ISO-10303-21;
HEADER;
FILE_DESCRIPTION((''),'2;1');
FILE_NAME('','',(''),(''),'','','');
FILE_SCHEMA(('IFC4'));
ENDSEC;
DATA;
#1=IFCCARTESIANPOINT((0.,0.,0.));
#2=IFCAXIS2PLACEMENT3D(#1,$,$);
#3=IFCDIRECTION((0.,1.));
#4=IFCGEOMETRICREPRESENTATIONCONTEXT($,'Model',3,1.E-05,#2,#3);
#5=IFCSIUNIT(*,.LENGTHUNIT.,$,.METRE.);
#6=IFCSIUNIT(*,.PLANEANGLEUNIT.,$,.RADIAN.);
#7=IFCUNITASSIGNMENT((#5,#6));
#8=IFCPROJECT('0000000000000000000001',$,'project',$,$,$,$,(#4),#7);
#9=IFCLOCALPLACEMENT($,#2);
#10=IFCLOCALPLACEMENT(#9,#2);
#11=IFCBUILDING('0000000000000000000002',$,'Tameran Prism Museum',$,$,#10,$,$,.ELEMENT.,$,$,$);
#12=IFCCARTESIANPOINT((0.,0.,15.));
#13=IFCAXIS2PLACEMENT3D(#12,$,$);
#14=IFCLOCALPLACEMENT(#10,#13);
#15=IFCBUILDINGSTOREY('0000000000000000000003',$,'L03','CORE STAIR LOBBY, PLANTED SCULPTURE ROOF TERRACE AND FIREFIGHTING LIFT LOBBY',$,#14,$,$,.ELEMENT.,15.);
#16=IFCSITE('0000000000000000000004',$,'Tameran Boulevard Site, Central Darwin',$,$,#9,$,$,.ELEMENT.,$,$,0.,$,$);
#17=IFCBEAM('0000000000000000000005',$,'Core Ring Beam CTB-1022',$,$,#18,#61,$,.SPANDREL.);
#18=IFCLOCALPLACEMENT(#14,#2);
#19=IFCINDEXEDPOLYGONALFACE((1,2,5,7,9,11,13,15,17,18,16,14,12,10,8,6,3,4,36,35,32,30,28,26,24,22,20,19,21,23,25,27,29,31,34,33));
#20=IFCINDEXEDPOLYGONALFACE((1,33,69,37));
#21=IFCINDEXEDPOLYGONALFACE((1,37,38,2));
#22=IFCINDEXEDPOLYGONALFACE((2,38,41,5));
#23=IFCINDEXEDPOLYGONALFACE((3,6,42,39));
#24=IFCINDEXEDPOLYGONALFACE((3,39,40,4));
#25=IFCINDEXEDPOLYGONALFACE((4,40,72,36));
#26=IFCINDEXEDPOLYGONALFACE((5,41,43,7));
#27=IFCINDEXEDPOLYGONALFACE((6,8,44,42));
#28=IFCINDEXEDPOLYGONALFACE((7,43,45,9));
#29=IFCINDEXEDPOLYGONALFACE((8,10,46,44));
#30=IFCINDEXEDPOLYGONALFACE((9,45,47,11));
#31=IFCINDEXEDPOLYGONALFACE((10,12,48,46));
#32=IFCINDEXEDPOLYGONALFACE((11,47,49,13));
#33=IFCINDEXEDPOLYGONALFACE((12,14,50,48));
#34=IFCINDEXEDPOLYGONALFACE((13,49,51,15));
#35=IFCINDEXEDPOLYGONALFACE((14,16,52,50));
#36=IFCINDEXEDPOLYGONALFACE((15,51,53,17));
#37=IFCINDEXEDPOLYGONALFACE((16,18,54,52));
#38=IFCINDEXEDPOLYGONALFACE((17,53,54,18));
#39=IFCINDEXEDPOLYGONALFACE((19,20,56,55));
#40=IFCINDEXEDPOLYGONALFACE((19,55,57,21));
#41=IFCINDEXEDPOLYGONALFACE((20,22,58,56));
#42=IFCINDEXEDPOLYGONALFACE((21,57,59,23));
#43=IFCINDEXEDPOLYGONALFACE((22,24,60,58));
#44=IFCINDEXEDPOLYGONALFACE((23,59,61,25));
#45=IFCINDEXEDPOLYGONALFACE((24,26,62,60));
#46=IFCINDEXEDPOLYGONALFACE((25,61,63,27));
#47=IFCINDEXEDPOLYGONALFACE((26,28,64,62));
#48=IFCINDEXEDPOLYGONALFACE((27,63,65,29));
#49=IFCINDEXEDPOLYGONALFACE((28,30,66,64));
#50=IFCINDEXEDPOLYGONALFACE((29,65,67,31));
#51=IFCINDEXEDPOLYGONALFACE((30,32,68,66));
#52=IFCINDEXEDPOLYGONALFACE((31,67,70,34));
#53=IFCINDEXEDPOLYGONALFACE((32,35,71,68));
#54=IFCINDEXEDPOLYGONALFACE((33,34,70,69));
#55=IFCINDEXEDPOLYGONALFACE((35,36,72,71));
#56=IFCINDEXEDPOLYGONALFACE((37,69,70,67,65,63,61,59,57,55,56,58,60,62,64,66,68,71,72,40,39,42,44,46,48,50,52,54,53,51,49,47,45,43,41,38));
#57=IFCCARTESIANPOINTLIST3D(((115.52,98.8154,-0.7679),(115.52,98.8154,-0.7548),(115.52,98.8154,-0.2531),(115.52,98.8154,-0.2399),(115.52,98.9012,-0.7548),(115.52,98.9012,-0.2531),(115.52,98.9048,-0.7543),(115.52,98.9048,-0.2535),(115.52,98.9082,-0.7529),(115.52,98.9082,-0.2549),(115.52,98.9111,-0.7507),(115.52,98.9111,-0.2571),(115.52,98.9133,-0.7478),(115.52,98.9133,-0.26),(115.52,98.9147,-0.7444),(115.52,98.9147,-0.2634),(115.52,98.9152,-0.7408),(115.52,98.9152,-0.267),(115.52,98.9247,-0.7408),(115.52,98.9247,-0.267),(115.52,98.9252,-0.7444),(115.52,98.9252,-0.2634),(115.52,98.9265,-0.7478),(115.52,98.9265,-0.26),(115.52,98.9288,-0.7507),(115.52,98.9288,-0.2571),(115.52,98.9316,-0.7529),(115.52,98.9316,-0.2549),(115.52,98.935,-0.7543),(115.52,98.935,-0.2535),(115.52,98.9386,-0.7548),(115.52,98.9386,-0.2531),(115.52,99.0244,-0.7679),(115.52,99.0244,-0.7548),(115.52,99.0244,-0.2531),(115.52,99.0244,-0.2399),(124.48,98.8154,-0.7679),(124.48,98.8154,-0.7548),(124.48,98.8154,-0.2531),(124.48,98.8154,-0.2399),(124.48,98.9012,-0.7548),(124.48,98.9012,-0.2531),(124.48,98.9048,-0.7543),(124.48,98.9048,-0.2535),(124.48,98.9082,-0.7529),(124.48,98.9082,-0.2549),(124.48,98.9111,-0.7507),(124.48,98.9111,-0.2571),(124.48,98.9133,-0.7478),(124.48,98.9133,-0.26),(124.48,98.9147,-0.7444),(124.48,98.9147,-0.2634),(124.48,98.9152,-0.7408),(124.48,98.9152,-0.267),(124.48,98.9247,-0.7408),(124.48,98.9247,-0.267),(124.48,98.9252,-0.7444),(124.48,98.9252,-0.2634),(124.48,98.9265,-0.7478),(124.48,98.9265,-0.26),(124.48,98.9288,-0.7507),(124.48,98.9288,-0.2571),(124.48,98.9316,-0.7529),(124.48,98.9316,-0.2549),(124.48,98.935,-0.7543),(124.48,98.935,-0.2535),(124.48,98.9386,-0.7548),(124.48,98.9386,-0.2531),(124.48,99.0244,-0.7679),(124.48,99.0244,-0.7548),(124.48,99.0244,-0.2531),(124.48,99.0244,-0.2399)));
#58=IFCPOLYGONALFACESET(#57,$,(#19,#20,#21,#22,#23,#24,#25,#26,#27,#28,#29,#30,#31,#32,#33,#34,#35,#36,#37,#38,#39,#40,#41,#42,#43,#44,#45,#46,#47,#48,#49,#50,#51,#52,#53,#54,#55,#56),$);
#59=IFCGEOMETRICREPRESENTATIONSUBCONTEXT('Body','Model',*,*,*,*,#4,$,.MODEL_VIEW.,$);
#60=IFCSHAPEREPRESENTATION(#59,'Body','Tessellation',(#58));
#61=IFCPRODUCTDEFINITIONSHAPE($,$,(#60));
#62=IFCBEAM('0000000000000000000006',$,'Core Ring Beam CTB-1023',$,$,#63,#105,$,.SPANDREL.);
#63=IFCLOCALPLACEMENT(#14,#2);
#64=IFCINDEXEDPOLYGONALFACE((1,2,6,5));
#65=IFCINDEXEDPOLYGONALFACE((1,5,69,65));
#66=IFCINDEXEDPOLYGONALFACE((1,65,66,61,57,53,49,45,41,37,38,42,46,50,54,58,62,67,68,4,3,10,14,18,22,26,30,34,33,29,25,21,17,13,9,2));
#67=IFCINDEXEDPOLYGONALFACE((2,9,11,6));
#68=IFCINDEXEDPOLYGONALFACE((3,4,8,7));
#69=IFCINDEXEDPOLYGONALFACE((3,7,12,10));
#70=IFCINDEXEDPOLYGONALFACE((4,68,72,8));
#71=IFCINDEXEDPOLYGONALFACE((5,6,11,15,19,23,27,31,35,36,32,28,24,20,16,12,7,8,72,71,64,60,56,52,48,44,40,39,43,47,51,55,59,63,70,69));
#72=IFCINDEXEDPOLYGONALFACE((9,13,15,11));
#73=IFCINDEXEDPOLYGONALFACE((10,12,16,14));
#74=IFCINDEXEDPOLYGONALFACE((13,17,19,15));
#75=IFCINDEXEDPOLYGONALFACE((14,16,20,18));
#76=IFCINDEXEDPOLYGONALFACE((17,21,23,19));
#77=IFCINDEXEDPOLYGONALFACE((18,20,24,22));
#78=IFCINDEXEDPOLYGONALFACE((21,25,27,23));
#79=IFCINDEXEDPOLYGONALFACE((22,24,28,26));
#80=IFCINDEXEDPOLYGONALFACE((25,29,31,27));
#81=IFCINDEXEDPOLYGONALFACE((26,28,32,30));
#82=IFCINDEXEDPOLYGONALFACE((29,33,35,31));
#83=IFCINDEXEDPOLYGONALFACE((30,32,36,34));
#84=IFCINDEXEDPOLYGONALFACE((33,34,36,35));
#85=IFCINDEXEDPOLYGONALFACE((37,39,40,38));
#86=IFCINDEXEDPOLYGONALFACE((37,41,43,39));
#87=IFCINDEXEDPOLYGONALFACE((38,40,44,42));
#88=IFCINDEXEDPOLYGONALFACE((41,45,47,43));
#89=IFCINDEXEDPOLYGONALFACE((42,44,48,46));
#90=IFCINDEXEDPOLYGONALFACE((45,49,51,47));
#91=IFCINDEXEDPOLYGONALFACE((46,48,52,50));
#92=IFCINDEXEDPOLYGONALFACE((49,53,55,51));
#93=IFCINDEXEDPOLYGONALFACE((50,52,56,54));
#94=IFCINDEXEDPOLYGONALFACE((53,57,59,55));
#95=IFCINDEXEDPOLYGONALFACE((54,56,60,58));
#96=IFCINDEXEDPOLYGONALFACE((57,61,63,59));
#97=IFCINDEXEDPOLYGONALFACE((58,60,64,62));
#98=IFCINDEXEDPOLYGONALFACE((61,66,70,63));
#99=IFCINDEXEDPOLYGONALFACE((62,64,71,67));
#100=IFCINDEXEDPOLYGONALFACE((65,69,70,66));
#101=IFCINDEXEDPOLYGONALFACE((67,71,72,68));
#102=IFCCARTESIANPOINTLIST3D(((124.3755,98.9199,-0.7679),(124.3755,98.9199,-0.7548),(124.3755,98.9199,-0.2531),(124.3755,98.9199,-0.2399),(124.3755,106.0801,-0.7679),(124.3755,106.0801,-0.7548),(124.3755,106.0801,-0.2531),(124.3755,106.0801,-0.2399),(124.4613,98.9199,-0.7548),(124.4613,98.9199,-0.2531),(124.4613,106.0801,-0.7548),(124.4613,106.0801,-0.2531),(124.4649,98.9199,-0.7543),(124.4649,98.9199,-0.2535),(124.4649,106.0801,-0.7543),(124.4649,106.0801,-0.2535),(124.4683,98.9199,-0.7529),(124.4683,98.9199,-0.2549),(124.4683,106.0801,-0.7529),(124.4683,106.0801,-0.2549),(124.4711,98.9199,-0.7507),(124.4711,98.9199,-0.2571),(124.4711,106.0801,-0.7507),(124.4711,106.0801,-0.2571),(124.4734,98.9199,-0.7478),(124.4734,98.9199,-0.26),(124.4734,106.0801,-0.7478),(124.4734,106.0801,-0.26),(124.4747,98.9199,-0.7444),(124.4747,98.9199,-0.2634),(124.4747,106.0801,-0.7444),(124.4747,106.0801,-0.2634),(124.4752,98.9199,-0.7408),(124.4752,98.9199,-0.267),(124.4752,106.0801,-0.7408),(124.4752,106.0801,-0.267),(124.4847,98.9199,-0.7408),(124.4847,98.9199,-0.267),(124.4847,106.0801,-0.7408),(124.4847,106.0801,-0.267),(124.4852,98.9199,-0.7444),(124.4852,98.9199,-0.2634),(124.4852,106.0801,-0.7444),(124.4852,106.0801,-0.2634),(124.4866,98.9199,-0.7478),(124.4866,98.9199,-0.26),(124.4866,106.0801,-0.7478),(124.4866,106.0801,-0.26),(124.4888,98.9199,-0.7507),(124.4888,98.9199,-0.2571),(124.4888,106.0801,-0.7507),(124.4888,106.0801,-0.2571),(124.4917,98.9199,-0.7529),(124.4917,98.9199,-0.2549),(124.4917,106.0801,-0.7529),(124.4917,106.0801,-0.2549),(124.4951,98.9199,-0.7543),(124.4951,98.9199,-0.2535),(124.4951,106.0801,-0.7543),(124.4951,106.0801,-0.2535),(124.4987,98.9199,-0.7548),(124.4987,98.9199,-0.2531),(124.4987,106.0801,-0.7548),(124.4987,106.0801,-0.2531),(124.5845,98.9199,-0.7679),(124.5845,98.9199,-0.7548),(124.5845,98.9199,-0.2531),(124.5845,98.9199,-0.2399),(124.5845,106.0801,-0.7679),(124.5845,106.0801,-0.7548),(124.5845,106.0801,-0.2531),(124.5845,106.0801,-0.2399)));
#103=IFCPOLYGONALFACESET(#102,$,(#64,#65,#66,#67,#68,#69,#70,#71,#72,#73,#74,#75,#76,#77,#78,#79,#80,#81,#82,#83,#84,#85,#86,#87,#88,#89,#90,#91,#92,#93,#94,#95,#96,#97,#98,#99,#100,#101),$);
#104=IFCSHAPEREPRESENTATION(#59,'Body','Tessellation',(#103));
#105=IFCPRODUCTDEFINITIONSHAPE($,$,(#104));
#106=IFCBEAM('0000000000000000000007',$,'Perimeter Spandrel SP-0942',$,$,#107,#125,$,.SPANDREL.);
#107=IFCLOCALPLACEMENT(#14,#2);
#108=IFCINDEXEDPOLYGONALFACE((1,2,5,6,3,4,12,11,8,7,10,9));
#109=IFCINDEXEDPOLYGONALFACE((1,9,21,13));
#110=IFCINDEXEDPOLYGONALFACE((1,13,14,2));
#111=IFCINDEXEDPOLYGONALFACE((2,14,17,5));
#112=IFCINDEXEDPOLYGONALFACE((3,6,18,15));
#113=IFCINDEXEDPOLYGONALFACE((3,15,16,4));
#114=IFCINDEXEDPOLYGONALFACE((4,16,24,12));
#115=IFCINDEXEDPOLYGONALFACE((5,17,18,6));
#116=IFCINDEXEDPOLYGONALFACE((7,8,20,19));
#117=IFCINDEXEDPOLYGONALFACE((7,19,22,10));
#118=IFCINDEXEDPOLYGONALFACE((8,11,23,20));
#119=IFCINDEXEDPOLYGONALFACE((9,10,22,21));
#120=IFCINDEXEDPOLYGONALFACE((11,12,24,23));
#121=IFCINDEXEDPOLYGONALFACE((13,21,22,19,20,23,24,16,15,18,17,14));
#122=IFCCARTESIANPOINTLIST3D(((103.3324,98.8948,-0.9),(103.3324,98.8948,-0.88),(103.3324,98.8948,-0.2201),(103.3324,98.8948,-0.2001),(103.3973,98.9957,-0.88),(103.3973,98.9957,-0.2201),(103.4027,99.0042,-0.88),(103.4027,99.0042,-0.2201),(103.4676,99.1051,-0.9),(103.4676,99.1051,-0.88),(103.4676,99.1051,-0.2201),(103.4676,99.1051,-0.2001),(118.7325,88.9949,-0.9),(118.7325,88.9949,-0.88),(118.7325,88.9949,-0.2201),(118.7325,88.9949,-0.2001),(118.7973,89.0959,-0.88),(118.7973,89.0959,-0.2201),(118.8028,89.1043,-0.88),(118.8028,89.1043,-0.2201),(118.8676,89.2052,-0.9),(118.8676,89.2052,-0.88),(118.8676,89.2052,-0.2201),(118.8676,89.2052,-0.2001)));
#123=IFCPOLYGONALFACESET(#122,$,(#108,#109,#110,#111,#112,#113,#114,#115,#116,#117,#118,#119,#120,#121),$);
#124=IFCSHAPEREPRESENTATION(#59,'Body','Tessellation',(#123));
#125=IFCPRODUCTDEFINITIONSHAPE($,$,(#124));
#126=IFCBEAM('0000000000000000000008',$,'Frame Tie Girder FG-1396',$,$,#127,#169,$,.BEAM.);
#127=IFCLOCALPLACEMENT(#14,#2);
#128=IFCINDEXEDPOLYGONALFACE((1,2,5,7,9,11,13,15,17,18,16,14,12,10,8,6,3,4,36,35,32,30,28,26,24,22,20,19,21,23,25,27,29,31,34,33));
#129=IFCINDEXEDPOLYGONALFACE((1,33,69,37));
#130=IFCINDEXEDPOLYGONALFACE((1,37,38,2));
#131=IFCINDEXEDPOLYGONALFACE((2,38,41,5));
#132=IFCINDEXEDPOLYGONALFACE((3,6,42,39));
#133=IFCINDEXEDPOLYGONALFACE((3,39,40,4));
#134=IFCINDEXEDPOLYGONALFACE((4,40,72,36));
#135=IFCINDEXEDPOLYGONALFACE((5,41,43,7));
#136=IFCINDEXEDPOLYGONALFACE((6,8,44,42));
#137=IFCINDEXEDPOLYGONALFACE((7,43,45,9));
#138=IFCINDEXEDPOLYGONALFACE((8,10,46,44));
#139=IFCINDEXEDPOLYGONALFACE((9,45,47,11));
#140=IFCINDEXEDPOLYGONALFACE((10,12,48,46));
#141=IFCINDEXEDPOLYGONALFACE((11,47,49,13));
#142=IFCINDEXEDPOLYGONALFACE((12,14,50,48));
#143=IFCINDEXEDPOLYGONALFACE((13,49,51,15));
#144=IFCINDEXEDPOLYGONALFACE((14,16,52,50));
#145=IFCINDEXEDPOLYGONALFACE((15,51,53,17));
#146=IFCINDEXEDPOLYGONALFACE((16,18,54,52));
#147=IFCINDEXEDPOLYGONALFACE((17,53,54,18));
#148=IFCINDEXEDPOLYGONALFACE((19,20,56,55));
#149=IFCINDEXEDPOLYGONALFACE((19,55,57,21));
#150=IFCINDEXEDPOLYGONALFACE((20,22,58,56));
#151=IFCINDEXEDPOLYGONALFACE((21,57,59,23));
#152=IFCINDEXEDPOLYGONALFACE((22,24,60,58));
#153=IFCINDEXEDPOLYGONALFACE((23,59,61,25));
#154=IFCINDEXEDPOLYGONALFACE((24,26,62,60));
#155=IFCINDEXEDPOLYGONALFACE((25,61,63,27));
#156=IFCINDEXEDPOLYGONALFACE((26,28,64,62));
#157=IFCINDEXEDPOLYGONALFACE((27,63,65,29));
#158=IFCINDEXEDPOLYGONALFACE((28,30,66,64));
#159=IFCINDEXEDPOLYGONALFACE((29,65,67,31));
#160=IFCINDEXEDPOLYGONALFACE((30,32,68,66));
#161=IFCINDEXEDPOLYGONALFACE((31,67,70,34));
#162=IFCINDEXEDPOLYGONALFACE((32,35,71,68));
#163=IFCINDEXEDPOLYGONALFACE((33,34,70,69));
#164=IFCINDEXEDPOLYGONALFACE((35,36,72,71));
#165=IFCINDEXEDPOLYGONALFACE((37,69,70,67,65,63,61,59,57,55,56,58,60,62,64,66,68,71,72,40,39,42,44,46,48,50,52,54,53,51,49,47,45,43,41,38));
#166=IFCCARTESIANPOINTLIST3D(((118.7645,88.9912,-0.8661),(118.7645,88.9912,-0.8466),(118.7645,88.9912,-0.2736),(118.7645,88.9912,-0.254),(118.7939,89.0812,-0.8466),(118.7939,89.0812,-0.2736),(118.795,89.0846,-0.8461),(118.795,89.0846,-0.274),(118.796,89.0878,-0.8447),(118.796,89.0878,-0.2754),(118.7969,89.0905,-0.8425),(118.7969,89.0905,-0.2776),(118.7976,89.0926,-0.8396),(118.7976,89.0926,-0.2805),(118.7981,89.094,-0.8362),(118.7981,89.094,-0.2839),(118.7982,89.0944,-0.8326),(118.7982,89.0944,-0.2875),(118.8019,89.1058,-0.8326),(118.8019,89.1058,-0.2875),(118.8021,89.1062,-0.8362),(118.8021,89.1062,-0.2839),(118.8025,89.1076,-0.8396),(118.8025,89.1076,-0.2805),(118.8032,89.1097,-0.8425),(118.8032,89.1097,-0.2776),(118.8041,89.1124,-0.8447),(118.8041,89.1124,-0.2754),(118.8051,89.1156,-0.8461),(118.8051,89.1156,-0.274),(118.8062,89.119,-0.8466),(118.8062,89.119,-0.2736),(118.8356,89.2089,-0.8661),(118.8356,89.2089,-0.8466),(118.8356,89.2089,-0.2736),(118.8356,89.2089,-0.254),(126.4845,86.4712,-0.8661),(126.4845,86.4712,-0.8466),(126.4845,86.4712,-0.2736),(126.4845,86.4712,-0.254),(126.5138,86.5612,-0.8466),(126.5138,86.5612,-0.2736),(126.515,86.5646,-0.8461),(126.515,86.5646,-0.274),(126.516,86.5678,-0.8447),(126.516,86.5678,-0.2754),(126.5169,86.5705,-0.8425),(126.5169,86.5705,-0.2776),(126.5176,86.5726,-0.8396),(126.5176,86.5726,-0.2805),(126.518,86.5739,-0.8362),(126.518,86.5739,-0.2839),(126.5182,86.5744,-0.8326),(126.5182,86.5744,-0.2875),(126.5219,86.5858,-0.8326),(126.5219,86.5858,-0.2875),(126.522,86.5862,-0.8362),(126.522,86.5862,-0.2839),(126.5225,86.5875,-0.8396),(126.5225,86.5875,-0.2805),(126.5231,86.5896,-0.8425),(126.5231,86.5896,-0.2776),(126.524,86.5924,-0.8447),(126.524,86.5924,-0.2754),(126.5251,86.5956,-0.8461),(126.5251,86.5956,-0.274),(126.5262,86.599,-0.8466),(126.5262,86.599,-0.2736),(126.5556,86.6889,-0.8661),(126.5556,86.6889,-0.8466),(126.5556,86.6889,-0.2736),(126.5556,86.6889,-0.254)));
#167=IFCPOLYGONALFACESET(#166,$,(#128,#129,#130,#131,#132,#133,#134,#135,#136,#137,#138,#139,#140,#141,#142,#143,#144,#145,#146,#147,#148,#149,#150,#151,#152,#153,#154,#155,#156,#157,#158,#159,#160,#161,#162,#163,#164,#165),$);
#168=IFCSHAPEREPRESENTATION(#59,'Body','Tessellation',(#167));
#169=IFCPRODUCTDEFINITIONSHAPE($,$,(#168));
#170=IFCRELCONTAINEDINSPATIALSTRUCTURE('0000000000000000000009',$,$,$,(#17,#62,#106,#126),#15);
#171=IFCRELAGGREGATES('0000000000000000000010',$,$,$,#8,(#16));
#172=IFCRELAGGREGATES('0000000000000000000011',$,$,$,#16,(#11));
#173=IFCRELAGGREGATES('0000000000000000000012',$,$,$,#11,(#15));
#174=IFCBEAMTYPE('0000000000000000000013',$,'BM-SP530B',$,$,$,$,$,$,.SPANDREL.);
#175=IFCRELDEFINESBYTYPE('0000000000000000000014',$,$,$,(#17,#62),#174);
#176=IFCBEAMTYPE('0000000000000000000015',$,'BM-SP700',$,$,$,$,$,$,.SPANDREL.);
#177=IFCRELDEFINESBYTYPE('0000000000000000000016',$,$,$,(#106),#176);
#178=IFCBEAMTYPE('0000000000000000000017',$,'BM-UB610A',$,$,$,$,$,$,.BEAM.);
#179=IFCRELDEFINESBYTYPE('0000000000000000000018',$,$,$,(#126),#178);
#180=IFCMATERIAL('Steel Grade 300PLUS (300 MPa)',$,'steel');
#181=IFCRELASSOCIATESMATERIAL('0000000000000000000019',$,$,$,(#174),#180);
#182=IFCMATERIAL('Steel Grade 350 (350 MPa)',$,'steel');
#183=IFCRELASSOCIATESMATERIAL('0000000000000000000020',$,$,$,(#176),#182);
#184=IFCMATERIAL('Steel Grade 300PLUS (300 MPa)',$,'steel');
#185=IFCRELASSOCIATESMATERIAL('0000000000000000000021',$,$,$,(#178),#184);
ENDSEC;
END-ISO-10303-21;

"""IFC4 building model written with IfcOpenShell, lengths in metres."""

from ifc_helpers import new_model, si_unit, direction, frame, origin, origin_2d, place, context, subcontext, project, spatial, i_section, extrude, material, material_profile, profile_set, type_object, element, save


model = new_model("IFC4")

# Units and contexts
model_context = context("Model", 3, precision=1e-05, world=origin(), true_north=direction((0.0, 1.0)))
body_context = subcontext(model_context, "Body", "Model", "MODEL_VIEW")
ifc_project = project(units=[si_unit("LENGTHUNIT", "METRE"), si_unit("PLANEANGLEUNIT", "RADIAN")], contexts=[model_context])

# Site, building, storey
site_placement = place(None, origin())
site = spatial("IfcSite", under=ifc_project, at=site_placement, Name="Tameran Boulevard Site, Central Darwin", CompositionType="ELEMENT", RefElevation=0.0)
building_placement = place(site_placement, origin())
building = spatial("IfcBuilding", under=site, at=building_placement, Name="Tameran Prism Museum", CompositionType="ELEMENT")
storey_placement = place(building_placement, frame((0.0, 0.0, 15.0)))
storey = spatial("IfcBuildingStorey", under=building, at=storey_placement, Name="L03", Description="CORE STAIR LOBBY, PLANTED SCULPTURE ROOF TERRACE AND FIREFIGHTING LIFT LOBBY", CompositionType="ELEMENT", Elevation=15.0)

# Beams
ifc_material_1 = material(Name="Steel Grade 300PLUS (300 MPa)", Category="steel")
ifc_material_profile_1 = material_profile(ifc_material_1, i_section(OverallWidth=0.209, OverallDepth=0.5281, WebThickness=0.0095, FlangeThickness=0.0132, FilletRadius=0.0139, at=origin_2d()))
ifc_profile_set_1 = profile_set([ifc_material_profile_1])
beam_type_1 = type_object("IfcBeamType", Name="BM-SP530B", PredefinedType="SPANDREL", material=ifc_profile_set_1)
beam_1_placement = place(storey_placement, frame((115.52, 98.9199, -0.5039), z_axis=(1.0, 0.0, 0.0), x_axis=(0.0, 1.0, 0.0)))
element("IfcBeam", 1, at=beam_1_placement, inside=storey, type_object=beam_type_1, Name="Core Ring Beam CTB-1022", PredefinedType="SPANDREL", context=body_context, shape_type="SweptSolid", body=[
    extrude(i_section(OverallWidth=0.209, OverallDepth=0.5281, WebThickness=0.0095, FlangeThickness=0.0132, FilletRadius=0.0139, at=origin_2d()), origin(), (0.0, 0.0, 1.0), 8.96),
])
beam_2_placement = place(storey_placement, frame((124.48, 98.9199, -0.5039), z_axis=(0.0, 1.0, 0.0), x_axis=(-1.0, 0.0, 0.0)))
element("IfcBeam", 2, at=beam_2_placement, inside=storey, type_object=beam_type_1, Name="Core Ring Beam CTB-1023", PredefinedType="SPANDREL", context=body_context, shape_type="SweptSolid", body=[
    extrude(i_section(OverallWidth=0.209, OverallDepth=0.5281, WebThickness=0.0095, FlangeThickness=0.0132, FilletRadius=0.0139, at=origin_2d()), origin(), (0.0, 0.0, 1.0), 7.1602),
])
ifc_material_2 = material(Name="Steel Grade 350 (350 MPa)", Category="steel")
ifc_material_profile_2 = material_profile(ifc_material_2, i_section(OverallWidth=0.25, OverallDepth=0.7, WebThickness=0.01, FlangeThickness=0.02, at=origin_2d()))
ifc_profile_set_2 = profile_set([ifc_material_profile_2])
beam_type_2 = type_object("IfcBeamType", Name="BM-SP700", PredefinedType="SPANDREL", material=ifc_profile_set_2)
beam_3_placement = place(storey_placement, frame((118.8, 89.1001, -0.55), z_axis=(-0.841183, 0.54075, 0.0), x_axis=(-0.54075, -0.841183, 0.0)))
element("IfcBeam", 3, at=beam_3_placement, inside=storey, type_object=beam_type_2, Name="Perimeter Spandrel SP-0942", PredefinedType="SPANDREL", context=body_context, shape_type="SweptSolid", body=[
    extrude(i_section(OverallWidth=0.25, OverallDepth=0.7, WebThickness=0.01, FlangeThickness=0.02, at=origin_2d()), origin(), (0.0, 0.0, 1.0), 18.3076),
])
ifc_material_3 = material(Name="Steel Grade 300PLUS (300 MPa)", Category="steel")
ifc_material_profile_3 = material_profile(ifc_material_3, i_section(OverallWidth=0.229, OverallDepth=0.6121, WebThickness=0.012, FlangeThickness=0.0195, FilletRadius=0.0139, at=origin_2d()))
ifc_profile_set_3 = profile_set([ifc_material_profile_3])
beam_type_3 = type_object("IfcBeamType", Name="BM-UB610A", PredefinedType="BEAM", material=ifc_profile_set_3)
beam_4_placement = place(storey_placement, frame((126.52, 86.5801, -0.5601), z_axis=(-0.950634, 0.310314, 0.0), x_axis=(-0.310314, -0.950634, 0.0)))
element("IfcBeam", 4, at=beam_4_placement, inside=storey, type_object=beam_type_3, Name="Frame Tie Girder FG-1396", PredefinedType="BEAM", context=body_context, shape_type="SweptSolid", body=[
    extrude(i_section(OverallWidth=0.229, OverallDepth=0.6121, WebThickness=0.012, FlangeThickness=0.0195, FilletRadius=0.0139, at=origin_2d()), origin(), (0.0, 0.0, 1.0), 8.1208),
])

save(model, "model.ifc")
